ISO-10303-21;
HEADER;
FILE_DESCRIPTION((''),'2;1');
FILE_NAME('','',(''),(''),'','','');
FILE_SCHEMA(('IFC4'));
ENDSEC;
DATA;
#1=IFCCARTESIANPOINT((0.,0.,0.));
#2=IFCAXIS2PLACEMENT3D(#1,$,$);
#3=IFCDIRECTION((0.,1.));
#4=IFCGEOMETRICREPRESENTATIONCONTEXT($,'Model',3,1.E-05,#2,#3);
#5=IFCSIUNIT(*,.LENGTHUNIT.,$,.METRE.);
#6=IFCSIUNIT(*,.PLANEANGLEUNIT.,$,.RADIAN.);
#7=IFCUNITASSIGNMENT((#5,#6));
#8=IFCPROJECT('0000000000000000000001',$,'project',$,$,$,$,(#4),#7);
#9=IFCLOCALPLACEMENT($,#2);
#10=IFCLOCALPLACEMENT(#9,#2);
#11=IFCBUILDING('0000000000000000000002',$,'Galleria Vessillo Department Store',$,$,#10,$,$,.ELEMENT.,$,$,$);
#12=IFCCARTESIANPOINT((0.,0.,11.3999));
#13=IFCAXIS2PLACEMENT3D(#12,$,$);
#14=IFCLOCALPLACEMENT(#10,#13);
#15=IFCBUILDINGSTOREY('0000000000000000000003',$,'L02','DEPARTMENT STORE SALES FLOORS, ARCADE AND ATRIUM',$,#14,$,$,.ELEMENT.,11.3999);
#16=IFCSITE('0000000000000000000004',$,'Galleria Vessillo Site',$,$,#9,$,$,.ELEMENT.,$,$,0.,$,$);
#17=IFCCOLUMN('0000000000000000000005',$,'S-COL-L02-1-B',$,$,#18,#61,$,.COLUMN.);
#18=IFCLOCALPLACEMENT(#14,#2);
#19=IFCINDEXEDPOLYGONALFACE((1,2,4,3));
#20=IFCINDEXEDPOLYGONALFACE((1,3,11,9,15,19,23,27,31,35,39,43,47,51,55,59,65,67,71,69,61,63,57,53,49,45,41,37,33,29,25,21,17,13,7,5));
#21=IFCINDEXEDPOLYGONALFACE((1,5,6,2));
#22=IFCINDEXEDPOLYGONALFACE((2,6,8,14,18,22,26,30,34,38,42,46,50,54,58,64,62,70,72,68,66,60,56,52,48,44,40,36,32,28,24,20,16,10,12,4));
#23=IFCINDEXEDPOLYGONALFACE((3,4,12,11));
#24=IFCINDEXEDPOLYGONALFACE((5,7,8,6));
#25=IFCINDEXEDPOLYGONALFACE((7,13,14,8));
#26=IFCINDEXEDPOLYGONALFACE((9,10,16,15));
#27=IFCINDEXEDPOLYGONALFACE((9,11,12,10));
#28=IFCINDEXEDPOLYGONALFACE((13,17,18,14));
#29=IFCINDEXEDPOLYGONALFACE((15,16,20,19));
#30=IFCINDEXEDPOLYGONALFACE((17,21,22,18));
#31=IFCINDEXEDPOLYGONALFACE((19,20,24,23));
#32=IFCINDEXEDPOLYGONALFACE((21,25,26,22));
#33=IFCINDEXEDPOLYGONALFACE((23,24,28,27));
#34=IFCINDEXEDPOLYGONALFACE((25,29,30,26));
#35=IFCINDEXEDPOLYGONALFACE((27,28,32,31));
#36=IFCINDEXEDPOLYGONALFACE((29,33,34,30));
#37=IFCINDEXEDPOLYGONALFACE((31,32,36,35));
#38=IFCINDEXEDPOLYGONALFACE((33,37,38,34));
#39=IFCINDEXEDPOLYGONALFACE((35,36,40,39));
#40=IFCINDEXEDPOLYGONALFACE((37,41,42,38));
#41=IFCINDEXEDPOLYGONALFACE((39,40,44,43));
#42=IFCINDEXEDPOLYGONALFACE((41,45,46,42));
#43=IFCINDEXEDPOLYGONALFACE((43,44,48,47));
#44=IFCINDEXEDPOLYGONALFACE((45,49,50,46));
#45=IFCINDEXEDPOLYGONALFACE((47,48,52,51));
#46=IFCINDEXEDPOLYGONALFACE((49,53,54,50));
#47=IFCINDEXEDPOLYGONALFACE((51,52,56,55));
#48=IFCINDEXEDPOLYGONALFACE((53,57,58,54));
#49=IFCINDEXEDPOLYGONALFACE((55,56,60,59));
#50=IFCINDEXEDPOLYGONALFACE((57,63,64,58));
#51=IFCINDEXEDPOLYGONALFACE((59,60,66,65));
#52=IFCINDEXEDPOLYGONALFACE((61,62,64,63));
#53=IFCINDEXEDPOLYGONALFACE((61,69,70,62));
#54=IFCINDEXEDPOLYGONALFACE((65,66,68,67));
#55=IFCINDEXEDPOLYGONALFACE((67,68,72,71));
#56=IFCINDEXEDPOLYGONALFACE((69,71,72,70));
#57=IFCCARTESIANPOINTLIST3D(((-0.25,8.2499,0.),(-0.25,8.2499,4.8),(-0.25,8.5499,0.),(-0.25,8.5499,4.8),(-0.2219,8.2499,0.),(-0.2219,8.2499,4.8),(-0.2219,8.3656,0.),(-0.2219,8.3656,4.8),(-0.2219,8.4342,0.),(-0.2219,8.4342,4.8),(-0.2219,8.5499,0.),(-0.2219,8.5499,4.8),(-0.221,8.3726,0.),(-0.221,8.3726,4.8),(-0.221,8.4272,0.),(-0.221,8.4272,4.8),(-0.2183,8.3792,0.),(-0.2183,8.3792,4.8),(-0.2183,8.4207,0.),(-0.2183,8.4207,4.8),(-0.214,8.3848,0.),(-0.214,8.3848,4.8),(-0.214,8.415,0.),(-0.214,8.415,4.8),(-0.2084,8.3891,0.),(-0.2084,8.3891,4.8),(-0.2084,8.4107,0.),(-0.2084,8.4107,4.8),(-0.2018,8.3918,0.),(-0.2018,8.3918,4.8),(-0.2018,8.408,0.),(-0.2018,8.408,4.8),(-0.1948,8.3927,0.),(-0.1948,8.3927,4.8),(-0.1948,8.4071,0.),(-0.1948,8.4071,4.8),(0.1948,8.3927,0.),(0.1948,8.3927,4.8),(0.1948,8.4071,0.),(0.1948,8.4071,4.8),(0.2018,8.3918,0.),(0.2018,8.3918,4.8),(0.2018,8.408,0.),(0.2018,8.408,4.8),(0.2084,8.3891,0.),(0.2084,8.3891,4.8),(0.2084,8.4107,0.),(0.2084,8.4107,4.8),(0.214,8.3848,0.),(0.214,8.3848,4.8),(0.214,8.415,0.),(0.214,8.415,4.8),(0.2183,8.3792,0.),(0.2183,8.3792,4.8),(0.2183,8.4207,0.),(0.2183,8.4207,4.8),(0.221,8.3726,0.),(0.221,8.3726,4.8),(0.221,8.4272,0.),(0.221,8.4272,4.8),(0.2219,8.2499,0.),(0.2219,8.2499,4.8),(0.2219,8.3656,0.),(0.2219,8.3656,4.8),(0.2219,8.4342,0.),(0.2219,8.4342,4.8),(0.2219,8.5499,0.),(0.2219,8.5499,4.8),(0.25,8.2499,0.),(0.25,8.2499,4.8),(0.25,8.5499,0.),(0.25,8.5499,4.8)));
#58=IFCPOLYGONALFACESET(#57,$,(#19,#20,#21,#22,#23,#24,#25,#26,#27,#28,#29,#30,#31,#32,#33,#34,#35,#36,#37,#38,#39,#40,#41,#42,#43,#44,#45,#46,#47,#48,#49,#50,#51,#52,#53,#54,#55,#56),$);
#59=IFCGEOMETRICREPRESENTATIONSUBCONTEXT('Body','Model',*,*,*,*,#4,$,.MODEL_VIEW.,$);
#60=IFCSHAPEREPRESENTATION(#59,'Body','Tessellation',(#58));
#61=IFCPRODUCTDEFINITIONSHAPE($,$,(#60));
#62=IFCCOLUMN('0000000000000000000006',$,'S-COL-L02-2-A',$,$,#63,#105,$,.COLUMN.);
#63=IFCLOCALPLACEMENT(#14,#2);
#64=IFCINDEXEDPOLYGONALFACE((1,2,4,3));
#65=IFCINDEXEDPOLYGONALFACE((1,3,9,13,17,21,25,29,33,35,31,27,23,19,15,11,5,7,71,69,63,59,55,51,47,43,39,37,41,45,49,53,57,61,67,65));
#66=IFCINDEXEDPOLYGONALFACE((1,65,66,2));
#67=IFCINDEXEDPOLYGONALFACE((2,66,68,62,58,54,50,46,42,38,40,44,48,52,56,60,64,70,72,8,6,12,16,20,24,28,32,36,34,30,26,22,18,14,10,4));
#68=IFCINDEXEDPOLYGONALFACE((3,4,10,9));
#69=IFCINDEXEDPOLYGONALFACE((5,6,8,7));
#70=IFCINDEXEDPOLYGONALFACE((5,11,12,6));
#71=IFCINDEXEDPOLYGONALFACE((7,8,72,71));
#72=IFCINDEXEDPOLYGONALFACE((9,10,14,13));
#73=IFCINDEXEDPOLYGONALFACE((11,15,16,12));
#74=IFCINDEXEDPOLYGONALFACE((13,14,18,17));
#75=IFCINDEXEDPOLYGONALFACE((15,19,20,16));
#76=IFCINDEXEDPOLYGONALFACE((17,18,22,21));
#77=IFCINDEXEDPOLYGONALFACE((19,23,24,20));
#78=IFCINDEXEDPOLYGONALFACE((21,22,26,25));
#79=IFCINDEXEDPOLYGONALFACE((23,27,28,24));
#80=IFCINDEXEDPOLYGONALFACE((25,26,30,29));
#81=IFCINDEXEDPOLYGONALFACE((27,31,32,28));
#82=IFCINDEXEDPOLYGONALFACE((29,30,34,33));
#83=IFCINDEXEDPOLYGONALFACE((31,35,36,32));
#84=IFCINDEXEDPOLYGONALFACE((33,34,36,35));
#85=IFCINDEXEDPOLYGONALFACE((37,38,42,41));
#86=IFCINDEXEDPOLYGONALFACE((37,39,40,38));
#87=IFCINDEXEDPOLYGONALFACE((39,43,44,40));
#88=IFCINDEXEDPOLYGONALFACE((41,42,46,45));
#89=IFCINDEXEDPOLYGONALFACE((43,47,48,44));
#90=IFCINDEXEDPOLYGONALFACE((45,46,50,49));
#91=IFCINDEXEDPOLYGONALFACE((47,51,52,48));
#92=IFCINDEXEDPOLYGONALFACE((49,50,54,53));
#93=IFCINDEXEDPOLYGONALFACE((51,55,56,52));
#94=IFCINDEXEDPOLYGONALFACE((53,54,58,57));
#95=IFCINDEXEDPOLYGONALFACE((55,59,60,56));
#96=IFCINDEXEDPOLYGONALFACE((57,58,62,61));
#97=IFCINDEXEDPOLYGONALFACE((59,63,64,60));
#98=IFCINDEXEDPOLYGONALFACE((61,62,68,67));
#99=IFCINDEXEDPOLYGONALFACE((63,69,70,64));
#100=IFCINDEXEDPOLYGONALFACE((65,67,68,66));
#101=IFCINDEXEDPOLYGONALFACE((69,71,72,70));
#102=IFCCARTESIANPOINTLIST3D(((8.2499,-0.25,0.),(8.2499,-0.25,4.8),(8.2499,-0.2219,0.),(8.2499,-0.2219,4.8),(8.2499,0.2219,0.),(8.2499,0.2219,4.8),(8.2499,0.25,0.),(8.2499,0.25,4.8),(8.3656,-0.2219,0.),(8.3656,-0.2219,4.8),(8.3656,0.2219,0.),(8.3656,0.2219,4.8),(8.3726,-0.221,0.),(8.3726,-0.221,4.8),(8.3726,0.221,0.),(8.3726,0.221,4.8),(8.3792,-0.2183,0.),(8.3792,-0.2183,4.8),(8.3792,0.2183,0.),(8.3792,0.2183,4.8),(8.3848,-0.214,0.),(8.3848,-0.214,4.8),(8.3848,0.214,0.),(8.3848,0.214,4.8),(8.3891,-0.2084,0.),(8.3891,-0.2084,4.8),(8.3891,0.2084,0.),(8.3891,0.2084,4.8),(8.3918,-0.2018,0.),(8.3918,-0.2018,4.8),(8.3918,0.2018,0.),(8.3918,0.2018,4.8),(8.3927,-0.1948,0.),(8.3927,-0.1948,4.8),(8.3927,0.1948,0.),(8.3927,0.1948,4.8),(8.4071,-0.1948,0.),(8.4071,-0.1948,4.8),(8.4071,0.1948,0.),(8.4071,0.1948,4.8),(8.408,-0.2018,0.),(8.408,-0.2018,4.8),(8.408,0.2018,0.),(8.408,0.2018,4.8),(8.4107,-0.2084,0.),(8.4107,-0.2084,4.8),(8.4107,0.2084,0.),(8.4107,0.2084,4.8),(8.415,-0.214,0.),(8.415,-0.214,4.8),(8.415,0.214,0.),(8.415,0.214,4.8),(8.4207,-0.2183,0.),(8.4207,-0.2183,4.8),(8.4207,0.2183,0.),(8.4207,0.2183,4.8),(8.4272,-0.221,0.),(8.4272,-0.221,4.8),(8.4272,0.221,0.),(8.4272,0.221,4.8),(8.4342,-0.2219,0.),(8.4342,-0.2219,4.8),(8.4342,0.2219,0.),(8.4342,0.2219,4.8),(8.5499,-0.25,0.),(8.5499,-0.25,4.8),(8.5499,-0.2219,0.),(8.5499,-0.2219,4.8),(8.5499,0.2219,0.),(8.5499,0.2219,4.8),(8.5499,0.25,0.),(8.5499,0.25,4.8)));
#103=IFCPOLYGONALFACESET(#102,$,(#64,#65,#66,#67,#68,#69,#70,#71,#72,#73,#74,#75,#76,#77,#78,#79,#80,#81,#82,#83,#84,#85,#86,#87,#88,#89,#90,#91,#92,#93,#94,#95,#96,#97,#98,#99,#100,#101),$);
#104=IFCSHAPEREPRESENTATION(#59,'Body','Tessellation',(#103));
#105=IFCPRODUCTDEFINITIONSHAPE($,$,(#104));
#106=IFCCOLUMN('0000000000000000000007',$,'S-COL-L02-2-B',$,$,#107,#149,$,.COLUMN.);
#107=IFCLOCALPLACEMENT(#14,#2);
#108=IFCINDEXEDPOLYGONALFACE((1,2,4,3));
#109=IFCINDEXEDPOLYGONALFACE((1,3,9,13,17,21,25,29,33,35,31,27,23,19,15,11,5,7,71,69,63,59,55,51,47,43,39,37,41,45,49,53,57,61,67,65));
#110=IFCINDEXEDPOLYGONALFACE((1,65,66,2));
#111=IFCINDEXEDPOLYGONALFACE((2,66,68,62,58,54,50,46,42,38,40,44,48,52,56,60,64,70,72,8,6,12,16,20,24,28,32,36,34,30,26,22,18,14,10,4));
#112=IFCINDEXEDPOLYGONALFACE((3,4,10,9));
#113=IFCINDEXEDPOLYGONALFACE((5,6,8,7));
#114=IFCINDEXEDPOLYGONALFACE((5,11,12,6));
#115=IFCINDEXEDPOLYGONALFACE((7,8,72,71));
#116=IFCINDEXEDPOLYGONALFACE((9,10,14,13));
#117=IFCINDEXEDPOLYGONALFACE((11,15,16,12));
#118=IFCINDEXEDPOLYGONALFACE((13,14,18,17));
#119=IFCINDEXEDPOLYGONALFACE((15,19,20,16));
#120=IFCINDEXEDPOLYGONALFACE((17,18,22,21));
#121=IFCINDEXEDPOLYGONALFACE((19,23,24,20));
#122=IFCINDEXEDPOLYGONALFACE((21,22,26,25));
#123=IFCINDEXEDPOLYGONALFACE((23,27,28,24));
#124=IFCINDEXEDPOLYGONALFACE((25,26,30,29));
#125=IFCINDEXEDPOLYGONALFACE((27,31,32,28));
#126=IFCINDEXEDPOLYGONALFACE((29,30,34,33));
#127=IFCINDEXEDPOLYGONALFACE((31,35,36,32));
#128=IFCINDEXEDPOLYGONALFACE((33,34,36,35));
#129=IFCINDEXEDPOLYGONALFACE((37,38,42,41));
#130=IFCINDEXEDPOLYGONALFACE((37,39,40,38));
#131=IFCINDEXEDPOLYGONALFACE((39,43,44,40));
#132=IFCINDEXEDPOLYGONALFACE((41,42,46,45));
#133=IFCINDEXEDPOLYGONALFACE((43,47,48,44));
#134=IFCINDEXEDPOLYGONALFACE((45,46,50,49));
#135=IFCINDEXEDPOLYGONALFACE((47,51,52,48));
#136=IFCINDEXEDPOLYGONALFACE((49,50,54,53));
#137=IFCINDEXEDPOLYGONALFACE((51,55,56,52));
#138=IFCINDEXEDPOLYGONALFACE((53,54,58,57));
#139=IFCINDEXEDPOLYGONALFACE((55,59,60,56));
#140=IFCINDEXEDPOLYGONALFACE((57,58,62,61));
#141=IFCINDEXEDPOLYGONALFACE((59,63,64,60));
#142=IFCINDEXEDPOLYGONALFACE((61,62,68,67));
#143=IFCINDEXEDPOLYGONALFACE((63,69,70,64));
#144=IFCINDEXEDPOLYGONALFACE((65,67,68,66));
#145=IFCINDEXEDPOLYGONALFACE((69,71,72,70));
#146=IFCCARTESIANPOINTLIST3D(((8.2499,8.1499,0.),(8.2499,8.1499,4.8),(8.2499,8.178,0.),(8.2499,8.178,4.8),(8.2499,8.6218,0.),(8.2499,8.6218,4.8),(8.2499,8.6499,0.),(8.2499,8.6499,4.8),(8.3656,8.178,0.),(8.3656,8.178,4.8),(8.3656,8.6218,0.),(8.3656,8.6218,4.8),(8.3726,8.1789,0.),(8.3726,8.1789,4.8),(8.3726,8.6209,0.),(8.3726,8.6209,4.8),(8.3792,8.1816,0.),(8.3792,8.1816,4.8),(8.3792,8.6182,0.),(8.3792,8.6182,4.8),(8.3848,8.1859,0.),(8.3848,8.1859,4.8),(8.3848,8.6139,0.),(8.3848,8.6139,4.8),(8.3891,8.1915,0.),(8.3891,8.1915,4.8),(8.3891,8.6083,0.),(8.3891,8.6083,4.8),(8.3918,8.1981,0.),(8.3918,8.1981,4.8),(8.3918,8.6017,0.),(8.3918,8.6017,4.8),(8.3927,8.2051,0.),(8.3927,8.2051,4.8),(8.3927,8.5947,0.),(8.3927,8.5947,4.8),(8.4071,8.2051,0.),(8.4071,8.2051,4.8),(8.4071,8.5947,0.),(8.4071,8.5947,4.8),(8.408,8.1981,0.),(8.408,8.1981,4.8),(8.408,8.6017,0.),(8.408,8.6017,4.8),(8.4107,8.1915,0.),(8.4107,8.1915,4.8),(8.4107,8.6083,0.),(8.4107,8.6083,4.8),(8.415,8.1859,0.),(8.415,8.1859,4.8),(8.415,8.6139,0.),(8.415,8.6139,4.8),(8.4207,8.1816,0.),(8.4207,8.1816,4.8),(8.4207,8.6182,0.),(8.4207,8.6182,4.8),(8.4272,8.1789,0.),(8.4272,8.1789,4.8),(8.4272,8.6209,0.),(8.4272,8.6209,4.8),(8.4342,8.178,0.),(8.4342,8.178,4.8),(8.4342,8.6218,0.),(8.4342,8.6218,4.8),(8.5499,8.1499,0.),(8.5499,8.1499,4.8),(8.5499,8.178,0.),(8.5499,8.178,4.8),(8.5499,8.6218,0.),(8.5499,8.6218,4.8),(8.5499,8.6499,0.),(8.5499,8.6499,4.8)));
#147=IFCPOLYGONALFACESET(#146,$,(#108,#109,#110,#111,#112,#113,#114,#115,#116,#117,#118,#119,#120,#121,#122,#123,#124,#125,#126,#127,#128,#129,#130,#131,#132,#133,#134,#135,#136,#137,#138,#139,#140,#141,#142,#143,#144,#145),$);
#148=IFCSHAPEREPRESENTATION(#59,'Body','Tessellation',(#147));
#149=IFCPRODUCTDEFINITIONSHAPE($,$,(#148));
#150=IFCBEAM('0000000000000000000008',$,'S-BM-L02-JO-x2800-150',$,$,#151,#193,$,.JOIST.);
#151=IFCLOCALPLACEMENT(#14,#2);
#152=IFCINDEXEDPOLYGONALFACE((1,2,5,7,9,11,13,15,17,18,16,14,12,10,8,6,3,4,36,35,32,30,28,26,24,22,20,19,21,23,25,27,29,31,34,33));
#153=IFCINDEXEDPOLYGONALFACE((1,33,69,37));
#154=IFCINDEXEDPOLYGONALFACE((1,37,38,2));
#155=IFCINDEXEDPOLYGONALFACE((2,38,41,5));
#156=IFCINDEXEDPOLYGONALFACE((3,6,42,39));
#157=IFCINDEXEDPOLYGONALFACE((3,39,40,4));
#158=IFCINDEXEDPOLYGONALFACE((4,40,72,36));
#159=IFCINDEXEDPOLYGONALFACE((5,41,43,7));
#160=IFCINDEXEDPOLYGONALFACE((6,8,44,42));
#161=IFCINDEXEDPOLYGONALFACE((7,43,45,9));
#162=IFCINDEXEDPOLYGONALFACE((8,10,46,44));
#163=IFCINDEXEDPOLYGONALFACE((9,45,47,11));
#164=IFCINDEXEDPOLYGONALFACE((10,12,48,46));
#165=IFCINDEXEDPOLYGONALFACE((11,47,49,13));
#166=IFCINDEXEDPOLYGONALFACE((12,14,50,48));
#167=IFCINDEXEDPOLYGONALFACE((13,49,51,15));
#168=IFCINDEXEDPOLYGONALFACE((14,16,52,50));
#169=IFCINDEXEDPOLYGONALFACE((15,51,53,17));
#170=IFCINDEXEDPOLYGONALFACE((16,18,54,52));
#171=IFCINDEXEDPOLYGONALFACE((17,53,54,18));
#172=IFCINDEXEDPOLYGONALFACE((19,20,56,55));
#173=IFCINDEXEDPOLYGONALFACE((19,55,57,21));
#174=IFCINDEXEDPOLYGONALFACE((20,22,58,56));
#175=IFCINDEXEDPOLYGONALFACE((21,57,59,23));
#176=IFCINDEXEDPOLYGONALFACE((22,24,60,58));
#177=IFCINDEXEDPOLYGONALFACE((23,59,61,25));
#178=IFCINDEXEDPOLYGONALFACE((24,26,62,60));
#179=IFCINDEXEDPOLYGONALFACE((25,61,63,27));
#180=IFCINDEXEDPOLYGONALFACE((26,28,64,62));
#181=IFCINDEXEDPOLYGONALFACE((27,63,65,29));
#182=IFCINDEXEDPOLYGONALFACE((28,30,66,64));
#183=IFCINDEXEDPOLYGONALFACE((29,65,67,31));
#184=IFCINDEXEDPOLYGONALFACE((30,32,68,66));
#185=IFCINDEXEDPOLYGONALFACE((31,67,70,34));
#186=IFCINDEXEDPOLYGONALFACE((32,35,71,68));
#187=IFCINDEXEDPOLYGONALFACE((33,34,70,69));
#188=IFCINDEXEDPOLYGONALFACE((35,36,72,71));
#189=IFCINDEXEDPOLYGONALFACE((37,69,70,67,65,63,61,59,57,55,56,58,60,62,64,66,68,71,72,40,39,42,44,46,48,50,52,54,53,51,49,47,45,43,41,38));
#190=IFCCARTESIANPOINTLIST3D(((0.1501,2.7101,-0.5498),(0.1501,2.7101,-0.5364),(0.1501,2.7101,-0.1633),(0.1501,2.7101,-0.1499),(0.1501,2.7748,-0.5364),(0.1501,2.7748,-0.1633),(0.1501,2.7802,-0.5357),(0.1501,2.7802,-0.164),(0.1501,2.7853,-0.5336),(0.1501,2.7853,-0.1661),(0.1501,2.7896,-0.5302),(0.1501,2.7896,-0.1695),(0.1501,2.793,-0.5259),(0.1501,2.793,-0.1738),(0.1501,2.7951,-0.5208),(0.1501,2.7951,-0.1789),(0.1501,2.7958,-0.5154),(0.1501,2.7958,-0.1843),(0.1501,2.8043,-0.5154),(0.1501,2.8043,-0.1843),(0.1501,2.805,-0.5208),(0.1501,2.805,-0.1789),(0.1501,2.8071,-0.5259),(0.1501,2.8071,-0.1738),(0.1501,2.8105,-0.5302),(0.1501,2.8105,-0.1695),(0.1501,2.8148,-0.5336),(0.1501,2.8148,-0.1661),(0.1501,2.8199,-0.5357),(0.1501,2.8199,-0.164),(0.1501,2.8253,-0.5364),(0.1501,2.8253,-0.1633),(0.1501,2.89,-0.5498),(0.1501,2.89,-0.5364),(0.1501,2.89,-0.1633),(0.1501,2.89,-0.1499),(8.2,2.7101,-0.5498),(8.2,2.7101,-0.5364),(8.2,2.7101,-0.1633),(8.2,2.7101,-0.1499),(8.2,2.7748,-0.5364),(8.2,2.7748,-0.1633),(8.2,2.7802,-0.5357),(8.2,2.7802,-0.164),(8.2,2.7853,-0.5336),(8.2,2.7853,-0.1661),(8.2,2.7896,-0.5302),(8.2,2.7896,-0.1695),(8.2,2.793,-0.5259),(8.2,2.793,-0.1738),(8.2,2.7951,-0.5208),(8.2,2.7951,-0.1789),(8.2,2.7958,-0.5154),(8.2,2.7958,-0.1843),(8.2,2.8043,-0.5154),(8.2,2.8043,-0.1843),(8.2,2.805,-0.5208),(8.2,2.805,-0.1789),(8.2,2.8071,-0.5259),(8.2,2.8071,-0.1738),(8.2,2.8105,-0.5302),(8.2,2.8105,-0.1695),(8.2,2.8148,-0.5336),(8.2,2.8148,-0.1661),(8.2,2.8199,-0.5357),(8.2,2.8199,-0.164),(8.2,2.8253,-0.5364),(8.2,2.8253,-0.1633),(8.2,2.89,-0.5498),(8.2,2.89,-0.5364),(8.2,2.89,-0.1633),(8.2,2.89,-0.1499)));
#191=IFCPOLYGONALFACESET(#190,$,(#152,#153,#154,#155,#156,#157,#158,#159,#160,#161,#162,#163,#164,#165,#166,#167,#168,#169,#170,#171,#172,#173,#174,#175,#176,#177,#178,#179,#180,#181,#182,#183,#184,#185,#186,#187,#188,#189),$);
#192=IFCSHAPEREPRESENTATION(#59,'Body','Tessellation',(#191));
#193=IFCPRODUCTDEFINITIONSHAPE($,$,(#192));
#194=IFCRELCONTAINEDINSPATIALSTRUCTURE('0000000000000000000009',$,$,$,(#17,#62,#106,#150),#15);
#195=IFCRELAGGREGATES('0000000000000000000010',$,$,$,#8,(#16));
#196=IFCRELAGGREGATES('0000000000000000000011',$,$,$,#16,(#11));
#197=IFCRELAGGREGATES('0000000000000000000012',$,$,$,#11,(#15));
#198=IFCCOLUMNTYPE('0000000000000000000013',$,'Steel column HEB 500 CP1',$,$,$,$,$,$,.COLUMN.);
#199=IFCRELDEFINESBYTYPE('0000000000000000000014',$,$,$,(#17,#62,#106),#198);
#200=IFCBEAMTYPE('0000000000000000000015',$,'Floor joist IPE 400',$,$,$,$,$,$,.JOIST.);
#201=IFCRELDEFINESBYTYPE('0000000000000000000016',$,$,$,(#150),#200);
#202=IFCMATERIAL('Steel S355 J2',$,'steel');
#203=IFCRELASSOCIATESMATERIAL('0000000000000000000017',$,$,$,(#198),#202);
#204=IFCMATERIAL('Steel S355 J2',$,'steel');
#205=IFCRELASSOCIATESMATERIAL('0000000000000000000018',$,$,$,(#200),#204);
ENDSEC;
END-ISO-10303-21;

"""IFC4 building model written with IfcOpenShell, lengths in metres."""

from ifc_helpers import new_model, si_unit, direction, frame, origin, origin_2d, place, context, subcontext, project, spatial, i_section, extrude, material, material_profile, profile_set, type_object, element, save


model = new_model("IFC4")

# Units and contexts
model_context = context("Model", 3, precision=1e-05, world=origin(), true_north=direction((0.0, 1.0)))
body_context = subcontext(model_context, "Body", "Model", "MODEL_VIEW")
ifc_project = project(units=[si_unit("LENGTHUNIT", "METRE"), si_unit("PLANEANGLEUNIT", "RADIAN")], contexts=[model_context])

# Site, building, storey
site_placement = place(None, origin())
site = spatial("IfcSite", under=ifc_project, at=site_placement, Name="Galleria Vessillo Site", CompositionType="ELEMENT", RefElevation=0.0)
building_placement = place(site_placement, origin())
building = spatial("IfcBuilding", under=site, at=building_placement, Name="Galleria Vessillo Department Store", CompositionType="ELEMENT")
storey_placement = place(building_placement, frame((0.0, 0.0, 11.3999)))
storey = spatial("IfcBuildingStorey", under=building, at=storey_placement, Name="L02", Description="DEPARTMENT STORE SALES FLOORS, ARCADE AND ATRIUM", CompositionType="ELEMENT", Elevation=11.3999)

# Columns
ifc_material_1 = material(Name="Steel S355 J2", Category="steel")
ifc_material_profile_1 = material_profile(ifc_material_1, i_section(OverallWidth=0.3, OverallDepth=0.5, WebThickness=0.0144, FlangeThickness=0.0281, FilletRadius=0.0271, at=origin_2d()), Name="HEB 500")
ifc_profile_set_1 = profile_set([ifc_material_profile_1], Name="Steel S355 J2")
column_type = type_object("IfcColumnType", Name="Steel column HEB 500 CP1", PredefinedType="COLUMN", material=ifc_profile_set_1)
for number, where, z_axis, x_axis, name in (
    (1, (0.0, 8.3999, 0.0), (0.0, 0.0, 1.0), (0.0, 1.0, 0.0), "S-COL-L02-1-B"),
    (2, (8.3999, 0.0, 0.0), (0.0, 0.0, 1.0), (1.0, 0.0, 0.0), "S-COL-L02-2-A"),
    (3, (8.3999, 8.3999, 0.0), (0.0, 0.0, 1.0), (1.0, 0.0, 0.0), "S-COL-L02-2-B"),
):
    element("IfcColumn", number, at=place(storey_placement, frame(where, z_axis=z_axis, x_axis=x_axis)), inside=storey, type_object=column_type, Name=name, PredefinedType="COLUMN", context=body_context, shape_type="SweptSolid", body=[
        extrude(i_section(OverallWidth=0.3, OverallDepth=0.5, WebThickness=0.0144, FlangeThickness=0.0281, FilletRadius=0.0271, at=origin_2d()), origin(), (0.0, 0.0, 1.0), 4.8),
    ])

# Beam
ifc_material_2 = material(Name="Steel S355 J2", Category="steel")
ifc_material_profile_2 = material_profile(ifc_material_2, i_section(OverallWidth=0.1799, OverallDepth=0.3999, WebThickness=0.0085, FlangeThickness=0.0134, FilletRadius=0.021, at=origin_2d()), Name="IPE 400")
ifc_profile_set_2 = profile_set([ifc_material_profile_2], Name="Steel S355 J2")
beam_type_1 = type_object("IfcBeamType", Name="Floor joist IPE 400", PredefinedType="JOIST", material=ifc_profile_set_2)
for number, where, z_axis, x_axis, name in (
    (4, (0.1501, 2.8, -0.3499), (1.0, 0.0, 0.0), (0.0, 1.0, 0.0), "S-BM-L02-JO-x2800-150"),
):
    element("IfcBeam", number, at=place(storey_placement, frame(where, z_axis=z_axis, x_axis=x_axis)), inside=storey, type_object=beam_type_1, Name=name, PredefinedType="JOIST", context=body_context, shape_type="SweptSolid", body=[
        extrude(i_section(OverallWidth=0.1799, OverallDepth=0.3999, WebThickness=0.0085, FlangeThickness=0.0134, FilletRadius=0.021, at=origin_2d()), origin(), (0.0, 0.0, 1.0), 8.0498),
    ])

save(model, "model.ifc")
